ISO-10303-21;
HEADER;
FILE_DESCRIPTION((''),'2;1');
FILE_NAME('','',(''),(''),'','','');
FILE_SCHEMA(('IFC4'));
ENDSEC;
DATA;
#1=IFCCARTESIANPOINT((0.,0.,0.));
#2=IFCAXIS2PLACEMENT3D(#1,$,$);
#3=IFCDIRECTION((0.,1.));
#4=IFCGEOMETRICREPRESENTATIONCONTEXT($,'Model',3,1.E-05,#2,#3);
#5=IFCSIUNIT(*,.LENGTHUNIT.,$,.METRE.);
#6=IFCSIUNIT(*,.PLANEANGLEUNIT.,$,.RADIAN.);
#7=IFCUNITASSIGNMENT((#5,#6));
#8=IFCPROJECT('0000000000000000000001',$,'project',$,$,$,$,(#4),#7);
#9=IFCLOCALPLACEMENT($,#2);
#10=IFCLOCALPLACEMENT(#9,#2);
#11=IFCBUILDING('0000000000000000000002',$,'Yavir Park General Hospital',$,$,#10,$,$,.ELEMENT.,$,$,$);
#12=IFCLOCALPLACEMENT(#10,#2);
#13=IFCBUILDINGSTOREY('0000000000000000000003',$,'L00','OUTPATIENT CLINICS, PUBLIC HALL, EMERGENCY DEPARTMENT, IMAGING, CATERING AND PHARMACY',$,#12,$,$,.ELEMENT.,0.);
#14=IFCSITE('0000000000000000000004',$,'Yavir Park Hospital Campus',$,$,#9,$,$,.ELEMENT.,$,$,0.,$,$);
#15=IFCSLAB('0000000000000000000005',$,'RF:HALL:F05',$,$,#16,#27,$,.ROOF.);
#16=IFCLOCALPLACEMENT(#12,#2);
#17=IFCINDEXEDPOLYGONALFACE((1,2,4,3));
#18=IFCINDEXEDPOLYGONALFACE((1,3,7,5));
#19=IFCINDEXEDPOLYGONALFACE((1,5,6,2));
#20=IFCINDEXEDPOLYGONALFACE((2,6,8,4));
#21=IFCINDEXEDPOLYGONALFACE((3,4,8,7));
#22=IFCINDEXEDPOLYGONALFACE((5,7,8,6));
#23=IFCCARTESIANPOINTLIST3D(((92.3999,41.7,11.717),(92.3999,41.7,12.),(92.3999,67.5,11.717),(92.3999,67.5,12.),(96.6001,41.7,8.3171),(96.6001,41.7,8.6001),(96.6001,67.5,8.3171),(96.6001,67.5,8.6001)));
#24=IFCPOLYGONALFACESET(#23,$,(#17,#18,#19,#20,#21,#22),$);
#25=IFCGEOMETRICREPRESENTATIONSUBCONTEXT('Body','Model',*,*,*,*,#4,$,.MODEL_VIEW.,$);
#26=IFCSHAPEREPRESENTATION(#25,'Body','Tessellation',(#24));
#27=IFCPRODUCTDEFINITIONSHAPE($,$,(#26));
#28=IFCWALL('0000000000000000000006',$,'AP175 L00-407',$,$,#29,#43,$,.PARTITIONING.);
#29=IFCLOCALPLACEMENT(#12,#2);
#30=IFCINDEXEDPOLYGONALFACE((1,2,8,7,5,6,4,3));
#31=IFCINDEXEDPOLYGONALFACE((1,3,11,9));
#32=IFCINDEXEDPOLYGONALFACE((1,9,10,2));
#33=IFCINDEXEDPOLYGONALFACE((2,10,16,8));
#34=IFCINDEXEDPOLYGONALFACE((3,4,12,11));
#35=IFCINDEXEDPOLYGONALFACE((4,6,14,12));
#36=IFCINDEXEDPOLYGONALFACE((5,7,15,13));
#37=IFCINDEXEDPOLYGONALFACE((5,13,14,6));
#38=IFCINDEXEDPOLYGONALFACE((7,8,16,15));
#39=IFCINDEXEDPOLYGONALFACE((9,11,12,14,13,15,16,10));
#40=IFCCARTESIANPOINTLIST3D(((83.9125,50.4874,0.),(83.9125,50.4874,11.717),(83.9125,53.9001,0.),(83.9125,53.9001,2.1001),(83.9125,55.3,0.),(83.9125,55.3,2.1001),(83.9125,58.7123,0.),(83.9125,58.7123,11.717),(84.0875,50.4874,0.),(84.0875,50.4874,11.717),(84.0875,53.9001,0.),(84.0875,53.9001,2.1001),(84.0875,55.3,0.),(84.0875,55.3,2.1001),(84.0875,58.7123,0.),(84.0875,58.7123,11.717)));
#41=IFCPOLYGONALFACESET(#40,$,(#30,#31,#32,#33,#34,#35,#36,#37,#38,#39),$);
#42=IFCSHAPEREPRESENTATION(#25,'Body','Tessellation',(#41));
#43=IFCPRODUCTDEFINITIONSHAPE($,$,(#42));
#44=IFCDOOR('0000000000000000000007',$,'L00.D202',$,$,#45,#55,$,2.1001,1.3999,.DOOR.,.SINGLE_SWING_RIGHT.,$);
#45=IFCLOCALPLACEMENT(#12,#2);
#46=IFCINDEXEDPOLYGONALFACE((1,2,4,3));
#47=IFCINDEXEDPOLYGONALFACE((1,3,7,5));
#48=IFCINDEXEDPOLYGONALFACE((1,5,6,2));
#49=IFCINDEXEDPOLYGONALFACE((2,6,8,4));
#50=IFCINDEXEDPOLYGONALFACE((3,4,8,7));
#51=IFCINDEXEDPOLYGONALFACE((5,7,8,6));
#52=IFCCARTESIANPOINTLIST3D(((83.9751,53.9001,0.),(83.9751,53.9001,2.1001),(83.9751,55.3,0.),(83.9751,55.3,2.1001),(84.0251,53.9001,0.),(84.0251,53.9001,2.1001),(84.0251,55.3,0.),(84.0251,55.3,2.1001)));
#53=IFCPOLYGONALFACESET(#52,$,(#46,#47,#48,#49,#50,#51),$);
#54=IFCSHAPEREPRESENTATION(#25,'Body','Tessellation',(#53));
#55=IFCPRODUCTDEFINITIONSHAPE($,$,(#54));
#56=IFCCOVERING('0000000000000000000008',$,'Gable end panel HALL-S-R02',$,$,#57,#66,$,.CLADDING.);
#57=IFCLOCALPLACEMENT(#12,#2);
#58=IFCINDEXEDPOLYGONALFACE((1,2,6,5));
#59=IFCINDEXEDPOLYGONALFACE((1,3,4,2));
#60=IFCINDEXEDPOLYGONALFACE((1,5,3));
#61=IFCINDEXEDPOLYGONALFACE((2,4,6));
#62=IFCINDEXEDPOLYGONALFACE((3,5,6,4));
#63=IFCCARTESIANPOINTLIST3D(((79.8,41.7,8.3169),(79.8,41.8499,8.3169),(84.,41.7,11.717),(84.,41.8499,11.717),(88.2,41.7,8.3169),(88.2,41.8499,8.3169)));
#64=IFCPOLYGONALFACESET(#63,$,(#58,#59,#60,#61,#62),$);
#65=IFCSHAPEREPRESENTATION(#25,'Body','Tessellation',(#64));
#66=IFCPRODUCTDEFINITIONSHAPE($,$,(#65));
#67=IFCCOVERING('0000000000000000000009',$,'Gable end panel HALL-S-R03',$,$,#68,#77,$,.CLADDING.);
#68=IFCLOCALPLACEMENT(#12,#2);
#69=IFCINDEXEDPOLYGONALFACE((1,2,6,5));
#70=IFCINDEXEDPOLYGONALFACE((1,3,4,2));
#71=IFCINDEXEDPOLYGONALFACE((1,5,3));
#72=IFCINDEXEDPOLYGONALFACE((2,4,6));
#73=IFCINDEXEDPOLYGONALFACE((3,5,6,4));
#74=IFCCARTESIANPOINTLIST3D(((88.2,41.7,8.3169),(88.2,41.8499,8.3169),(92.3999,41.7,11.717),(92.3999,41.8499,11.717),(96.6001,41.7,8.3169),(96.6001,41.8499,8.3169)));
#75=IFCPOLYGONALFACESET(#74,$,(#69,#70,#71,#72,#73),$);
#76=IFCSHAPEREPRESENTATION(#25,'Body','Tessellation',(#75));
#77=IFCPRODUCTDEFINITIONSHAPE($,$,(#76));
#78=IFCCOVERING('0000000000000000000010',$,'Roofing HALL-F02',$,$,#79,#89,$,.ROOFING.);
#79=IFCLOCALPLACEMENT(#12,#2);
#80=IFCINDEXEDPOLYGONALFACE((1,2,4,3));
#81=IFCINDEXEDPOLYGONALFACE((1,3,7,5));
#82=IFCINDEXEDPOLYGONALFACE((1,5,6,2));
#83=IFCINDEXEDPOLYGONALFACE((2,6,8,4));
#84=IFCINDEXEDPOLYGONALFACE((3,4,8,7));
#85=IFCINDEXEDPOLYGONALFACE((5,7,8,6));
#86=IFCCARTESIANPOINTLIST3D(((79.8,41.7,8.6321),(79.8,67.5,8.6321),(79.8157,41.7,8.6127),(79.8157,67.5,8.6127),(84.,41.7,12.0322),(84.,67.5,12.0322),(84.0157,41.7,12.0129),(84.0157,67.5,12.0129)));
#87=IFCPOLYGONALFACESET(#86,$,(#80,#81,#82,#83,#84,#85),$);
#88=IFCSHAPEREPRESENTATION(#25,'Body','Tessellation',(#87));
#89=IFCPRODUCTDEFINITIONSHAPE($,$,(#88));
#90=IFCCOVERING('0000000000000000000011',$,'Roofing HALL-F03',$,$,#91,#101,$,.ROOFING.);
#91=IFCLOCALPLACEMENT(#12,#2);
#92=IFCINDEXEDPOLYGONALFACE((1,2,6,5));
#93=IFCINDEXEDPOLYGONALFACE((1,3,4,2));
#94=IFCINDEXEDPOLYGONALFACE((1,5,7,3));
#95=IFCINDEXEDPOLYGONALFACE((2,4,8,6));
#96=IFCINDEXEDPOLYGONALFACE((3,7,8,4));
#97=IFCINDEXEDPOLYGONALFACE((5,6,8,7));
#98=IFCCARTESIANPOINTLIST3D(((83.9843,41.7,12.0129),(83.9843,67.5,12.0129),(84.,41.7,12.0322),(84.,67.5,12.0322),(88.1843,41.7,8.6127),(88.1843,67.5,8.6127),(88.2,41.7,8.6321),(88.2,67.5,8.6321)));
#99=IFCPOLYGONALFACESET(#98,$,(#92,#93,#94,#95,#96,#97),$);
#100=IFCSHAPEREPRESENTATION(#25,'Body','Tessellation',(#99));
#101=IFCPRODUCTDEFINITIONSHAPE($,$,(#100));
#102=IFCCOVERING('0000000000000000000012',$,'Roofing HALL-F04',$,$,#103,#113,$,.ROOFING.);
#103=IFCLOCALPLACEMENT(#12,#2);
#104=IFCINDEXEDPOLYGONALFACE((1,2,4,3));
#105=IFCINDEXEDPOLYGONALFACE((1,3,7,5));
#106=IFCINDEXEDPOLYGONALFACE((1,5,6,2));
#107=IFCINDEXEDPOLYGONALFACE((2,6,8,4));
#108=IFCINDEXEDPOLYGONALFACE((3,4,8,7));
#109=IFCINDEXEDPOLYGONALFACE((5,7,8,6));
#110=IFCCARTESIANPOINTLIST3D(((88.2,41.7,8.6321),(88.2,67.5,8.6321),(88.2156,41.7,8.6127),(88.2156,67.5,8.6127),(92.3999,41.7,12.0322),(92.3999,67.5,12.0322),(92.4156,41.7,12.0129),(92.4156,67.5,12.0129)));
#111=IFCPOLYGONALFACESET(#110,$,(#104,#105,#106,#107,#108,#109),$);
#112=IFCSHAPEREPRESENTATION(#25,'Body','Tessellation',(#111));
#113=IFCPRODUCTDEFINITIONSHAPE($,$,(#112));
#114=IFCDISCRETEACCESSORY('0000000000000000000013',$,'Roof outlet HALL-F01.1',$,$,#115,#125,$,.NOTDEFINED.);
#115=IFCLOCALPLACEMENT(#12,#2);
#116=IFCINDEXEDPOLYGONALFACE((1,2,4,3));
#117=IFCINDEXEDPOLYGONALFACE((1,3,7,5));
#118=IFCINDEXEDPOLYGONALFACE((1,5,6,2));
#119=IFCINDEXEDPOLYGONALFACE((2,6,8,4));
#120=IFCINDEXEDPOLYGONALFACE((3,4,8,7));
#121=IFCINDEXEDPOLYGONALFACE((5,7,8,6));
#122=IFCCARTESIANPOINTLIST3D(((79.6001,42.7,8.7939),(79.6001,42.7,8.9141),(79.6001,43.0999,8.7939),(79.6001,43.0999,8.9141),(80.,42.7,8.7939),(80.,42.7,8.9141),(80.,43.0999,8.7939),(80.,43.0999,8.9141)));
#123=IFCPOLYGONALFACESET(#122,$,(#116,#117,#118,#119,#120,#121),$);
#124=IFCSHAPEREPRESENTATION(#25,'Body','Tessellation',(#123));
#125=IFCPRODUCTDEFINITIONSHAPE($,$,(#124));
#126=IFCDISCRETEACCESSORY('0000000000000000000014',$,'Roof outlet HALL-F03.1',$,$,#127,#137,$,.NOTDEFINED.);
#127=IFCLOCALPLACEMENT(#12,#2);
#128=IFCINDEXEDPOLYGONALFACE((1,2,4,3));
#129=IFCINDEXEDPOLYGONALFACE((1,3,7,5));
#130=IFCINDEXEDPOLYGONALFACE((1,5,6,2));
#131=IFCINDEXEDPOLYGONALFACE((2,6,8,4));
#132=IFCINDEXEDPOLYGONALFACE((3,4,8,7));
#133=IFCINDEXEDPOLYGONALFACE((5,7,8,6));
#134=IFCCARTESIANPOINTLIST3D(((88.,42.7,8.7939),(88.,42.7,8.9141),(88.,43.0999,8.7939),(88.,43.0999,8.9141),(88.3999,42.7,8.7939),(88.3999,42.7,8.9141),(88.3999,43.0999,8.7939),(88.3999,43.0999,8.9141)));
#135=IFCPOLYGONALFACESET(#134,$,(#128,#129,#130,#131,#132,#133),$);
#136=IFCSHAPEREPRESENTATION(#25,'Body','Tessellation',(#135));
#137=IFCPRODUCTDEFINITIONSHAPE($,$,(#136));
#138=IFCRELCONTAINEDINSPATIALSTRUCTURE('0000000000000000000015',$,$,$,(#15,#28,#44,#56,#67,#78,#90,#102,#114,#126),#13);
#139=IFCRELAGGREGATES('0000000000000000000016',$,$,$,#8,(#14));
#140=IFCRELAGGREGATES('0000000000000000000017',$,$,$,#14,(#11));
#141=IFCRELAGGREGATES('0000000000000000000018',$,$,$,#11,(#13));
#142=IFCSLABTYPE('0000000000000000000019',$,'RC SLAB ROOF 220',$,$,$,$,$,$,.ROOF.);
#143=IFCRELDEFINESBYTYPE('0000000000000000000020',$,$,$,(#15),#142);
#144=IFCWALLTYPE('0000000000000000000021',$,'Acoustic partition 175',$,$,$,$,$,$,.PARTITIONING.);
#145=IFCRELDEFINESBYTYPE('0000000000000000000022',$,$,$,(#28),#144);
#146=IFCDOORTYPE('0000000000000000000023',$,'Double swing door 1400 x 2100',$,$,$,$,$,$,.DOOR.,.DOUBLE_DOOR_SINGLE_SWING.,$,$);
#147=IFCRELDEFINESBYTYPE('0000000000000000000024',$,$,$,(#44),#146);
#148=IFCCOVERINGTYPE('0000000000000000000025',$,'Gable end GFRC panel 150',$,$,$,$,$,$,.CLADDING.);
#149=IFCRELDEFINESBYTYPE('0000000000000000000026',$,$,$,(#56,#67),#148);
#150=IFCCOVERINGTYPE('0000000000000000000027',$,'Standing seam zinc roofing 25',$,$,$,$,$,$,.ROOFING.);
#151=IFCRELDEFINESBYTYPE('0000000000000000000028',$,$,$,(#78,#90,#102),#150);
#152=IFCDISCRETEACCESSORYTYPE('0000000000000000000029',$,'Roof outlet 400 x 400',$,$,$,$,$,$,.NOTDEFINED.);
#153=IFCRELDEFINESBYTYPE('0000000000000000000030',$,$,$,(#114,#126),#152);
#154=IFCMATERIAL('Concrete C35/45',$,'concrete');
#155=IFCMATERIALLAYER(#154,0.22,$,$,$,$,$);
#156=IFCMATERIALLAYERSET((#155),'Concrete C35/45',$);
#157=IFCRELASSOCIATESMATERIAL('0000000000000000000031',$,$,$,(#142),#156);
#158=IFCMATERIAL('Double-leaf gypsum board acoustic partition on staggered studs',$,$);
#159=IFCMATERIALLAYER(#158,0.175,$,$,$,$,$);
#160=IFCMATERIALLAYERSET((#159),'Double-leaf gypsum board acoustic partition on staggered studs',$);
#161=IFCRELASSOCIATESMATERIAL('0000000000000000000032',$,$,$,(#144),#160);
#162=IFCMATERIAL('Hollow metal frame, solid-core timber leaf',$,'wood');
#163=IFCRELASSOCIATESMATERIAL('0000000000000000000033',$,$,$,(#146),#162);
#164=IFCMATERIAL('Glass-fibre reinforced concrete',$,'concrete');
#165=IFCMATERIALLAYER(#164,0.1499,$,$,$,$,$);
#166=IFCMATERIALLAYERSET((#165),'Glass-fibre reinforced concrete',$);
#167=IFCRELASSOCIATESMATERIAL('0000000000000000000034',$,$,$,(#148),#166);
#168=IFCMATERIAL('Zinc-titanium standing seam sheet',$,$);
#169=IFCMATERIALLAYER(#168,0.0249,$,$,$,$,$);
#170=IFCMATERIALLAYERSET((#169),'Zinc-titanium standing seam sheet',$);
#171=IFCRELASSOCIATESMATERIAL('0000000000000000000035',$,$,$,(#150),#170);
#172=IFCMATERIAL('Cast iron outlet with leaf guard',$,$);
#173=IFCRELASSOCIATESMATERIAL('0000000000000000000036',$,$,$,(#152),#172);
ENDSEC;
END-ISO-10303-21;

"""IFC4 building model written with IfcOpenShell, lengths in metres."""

from ifc_helpers import new_model, si_unit, direction, frame, frame_2d, origin, origin_2d, place, context, subcontext, project, spatial, polyline, rectangle, outline, extrude, material, layer, layer_set, type_object, element, fill, save


model = new_model("IFC4")

# Units and contexts
model_context = context("Model", 3, precision=1e-05, world=origin(), true_north=direction((0.0, 1.0)))
body_context = subcontext(model_context, "Body", "Model", "MODEL_VIEW")
ifc_project = project(units=[si_unit("LENGTHUNIT", "METRE"), si_unit("PLANEANGLEUNIT", "RADIAN")], contexts=[model_context])

# Site, building, storey
site_placement = place(None, origin())
site = spatial("IfcSite", under=ifc_project, at=site_placement, Name="Yavir Park Hospital Campus", CompositionType="ELEMENT", RefElevation=0.0)
building_placement = place(site_placement, origin())
building = spatial("IfcBuilding", under=site, at=building_placement, Name="Yavir Park General Hospital", CompositionType="ELEMENT")
storey_placement = place(building_placement, origin())
storey = spatial("IfcBuildingStorey", under=building, at=storey_placement, Name="L00", Description="OUTPATIENT CLINICS, PUBLIC HALL, EMERGENCY DEPARTMENT, IMAGING, CATERING AND PHARMACY", CompositionType="ELEMENT", Elevation=0.0)

# Slab
ifc_material_1 = material(Name="Concrete C35/45", Category="concrete")
ifc_layer_1 = layer(ifc_material_1, 0.22)
ifc_layer_set_1 = layer_set([ifc_layer_1], Name="Concrete C35/45")
slab_type = type_object("IfcSlabType", Name="RC SLAB ROOF 220", PredefinedType="ROOF", material=ifc_layer_set_1)
slab_1_placement = place(storey_placement, frame((92.3999, 41.7, 12.0), z_axis=(0.0, 0.0, 1.0), x_axis=(1.0, 0.0, 0.0)))
element("IfcSlab", 1, at=slab_1_placement, inside=storey, type_object=slab_type, Name="RF:HALL:F05", PredefinedType="ROOF", context=body_context, shape_type="SweptSolid", body=[
    extrude(outline(polyline([(0.0, 0.0), (4.2002, -3.3999), (4.2002, -3.6829), (0.0, -0.283), (0.0, 0.0)])), frame((0.0, 25.8, 0.0), z_axis=(0.0, -1.0, 0.0), x_axis=(1.0, 0.0, 0.0)), (0.0, 0.0, 1.0), 25.8),
])

# Wall, opening, door
ifc_material_2 = material(Name="Double-leaf gypsum board acoustic partition on staggered studs")
ifc_layer_2 = layer(ifc_material_2, 0.175)
ifc_layer_set_2 = layer_set([ifc_layer_2], Name="Double-leaf gypsum board acoustic partition on staggered studs")
wall_type = type_object("IfcWallType", Name="Acoustic partition 175", PredefinedType="PARTITIONING", material=ifc_layer_set_2)
wall_placement = place(storey_placement, frame((84.0, 50.4875, 0.0), z_axis=(0.0, 0.0, 1.0), x_axis=(0.0, 1.0, 0.0)))
wall = element("IfcWall", 2, at=wall_placement, inside=storey, type_object=wall_type, Name="AP175 L00-407", PredefinedType="PARTITIONING", context=body_context, shape_type="SweptSolid", body=[
    extrude(rectangle(XDim=8.2249, YDim=0.175, at=frame_2d((4.1123, 0.0))), origin(), (0.0, 0.0, 1.0), 11.717),
])
opening_placement = place(wall_placement, frame((3.4126, 0.0, 0.0)))
opening = element("IfcOpeningElement", 3, at=opening_placement, cuts=wall, PredefinedType="OPENING", context=body_context, shape_type="SweptSolid", body=[
    extrude(rectangle(XDim=1.3999, YDim=2.1001, at=frame_2d((0.7, 1.05))), frame((0.0, 0.0974, 0.0), z_axis=(0.0, -1.0, 0.0), x_axis=(1.0, 0.0, 0.0)), (0.0, 0.0, 1.0), 0.1951),
])
ifc_material_3 = material(Name="Hollow metal frame, solid-core timber leaf", Category="wood")
door_type = type_object("IfcDoorType", Name="Double swing door 1400 x 2100", OperationType="DOUBLE_DOOR_SINGLE_SWING", PredefinedType="DOOR", material=ifc_material_3)
door_placement = place(opening_placement, origin())
door = element("IfcDoor", 4, at=door_placement, inside=storey, type_object=door_type, Name="L00.D202", OperationType="SINGLE_SWING_RIGHT", OverallHeight=2.1001, OverallWidth=1.3999, PredefinedType="DOOR", context=body_context, shape_type="SweptSolid", body=[
    extrude(rectangle(XDim=1.3999, YDim=2.1001, at=frame_2d((0.7, 1.05))), frame((0.0, 0.0249, 0.0), z_axis=(0.0, -1.0, 0.0), x_axis=(1.0, 0.0, 0.0)), (0.0, 0.0, 1.0), 0.05),
])
fill(opening, door)

# Coverings
ifc_material_4 = material(Name="Glass-fibre reinforced concrete", Category="concrete")
ifc_layer_3 = layer(ifc_material_4, 0.1499)
ifc_layer_set_3 = layer_set([ifc_layer_3], Name="Glass-fibre reinforced concrete")
covering_type_1 = type_object("IfcCoveringType", Name="Gable end GFRC panel 150", PredefinedType="CLADDING", material=ifc_layer_set_3)
covering_1_placement = place(storey_placement, frame((79.8, 41.7, 8.3169), z_axis=(0.0, -1.0, 0.0), x_axis=(1.0, 0.0, 0.0)))
element("IfcCovering", 5, at=covering_1_placement, inside=storey, type_object=covering_type_1, Name="Gable end panel HALL-S-R02", PredefinedType="CLADDING", context=body_context, shape_type="SweptSolid", body=[
    extrude(outline(polyline([(0.0, 0.0), (8.3999, 0.0), (4.2, 3.4001), (0.0, 0.0)])), origin(), (0.0, 0.0, -1.0), 0.1499),
])
covering_2_placement = place(storey_placement, frame((88.2, 41.7, 8.3169), z_axis=(0.0, -1.0, 0.0), x_axis=(1.0, 0.0, 0.0)))
element("IfcCovering", 6, at=covering_2_placement, inside=storey, type_object=covering_type_1, Name="Gable end panel HALL-S-R03", PredefinedType="CLADDING", context=body_context, shape_type="SweptSolid", body=[
    extrude(outline(polyline([(0.0, 0.0), (8.4001, 0.0), (4.2, 3.4001), (0.0, 0.0)])), origin(), (0.0, 0.0, -1.0), 0.1499),
])
ifc_material_5 = material(Name="Zinc-titanium standing seam sheet")
ifc_layer_4 = layer(ifc_material_5, 0.0249)
ifc_layer_set_4 = layer_set([ifc_layer_4], Name="Zinc-titanium standing seam sheet")
covering_type_2 = type_object("IfcCoveringType", Name="Standing seam zinc roofing 25", PredefinedType="ROOFING", material=ifc_layer_set_4)
for number, where, z_axis, x_axis, name in (
    (7, (79.8, 41.7, 8.6321), (-0.629219, 0.0, 0.777228), (0.777228, 0.0, 0.629219), "Roofing HALL-F02"),
    (8, (84.0, 41.7, 12.0322), (0.629219, 0.0, 0.777228), (0.777228, 0.0, -0.629219), "Roofing HALL-F03"),
    (9, (88.2, 41.7, 8.6321), (-0.629219, 0.0, 0.777228), (0.777228, 0.0, 0.629219), "Roofing HALL-F04"),
):
    element("IfcCovering", number, at=place(storey_placement, frame(where, z_axis=z_axis, x_axis=x_axis)), inside=storey, type_object=covering_type_2, Name=name, PredefinedType="ROOFING", context=body_context, shape_type="SweptSolid", body=[
        extrude(outline(polyline([(0.0, 0.0), (5.4038, 0.0), (5.4038, 25.8), (0.0, 25.8), (0.0, 0.0)])), origin(), (0.0, 0.0, -1.0), 0.0249),
    ])

# Discrete accessories
ifc_material_6 = material(Name="Cast iron outlet with leaf guard")
discrete_accessory_type_1 = type_object("IfcDiscreteAccessoryType", Name="Roof outlet 400 x 400", PredefinedType="NOTDEFINED", material=ifc_material_6)
for number, where, z_axis, x_axis, name in (
    (10, (79.8, 42.8999, 8.7939), (0.0, 0.0, 1.0), (1.0, 0.0, 0.0), "Roof outlet HALL-F01.1"),
    (11, (88.2, 42.8999, 8.7939), (0.0, 0.0, 1.0), (1.0, 0.0, 0.0), "Roof outlet HALL-F03.1"),
):
    element("IfcDiscreteAccessory", number, at=place(storey_placement, frame(where, z_axis=z_axis, x_axis=x_axis)), inside=storey, type_object=discrete_accessory_type_1, Name=name, PredefinedType="NOTDEFINED", context=body_context, shape_type="SweptSolid", body=[
        extrude(rectangle(XDim=0.3999, YDim=0.3999, at=origin_2d()), origin(), (0.0, 0.0, 1.0), 0.1201),
    ])

save(model, "model.ifc")
